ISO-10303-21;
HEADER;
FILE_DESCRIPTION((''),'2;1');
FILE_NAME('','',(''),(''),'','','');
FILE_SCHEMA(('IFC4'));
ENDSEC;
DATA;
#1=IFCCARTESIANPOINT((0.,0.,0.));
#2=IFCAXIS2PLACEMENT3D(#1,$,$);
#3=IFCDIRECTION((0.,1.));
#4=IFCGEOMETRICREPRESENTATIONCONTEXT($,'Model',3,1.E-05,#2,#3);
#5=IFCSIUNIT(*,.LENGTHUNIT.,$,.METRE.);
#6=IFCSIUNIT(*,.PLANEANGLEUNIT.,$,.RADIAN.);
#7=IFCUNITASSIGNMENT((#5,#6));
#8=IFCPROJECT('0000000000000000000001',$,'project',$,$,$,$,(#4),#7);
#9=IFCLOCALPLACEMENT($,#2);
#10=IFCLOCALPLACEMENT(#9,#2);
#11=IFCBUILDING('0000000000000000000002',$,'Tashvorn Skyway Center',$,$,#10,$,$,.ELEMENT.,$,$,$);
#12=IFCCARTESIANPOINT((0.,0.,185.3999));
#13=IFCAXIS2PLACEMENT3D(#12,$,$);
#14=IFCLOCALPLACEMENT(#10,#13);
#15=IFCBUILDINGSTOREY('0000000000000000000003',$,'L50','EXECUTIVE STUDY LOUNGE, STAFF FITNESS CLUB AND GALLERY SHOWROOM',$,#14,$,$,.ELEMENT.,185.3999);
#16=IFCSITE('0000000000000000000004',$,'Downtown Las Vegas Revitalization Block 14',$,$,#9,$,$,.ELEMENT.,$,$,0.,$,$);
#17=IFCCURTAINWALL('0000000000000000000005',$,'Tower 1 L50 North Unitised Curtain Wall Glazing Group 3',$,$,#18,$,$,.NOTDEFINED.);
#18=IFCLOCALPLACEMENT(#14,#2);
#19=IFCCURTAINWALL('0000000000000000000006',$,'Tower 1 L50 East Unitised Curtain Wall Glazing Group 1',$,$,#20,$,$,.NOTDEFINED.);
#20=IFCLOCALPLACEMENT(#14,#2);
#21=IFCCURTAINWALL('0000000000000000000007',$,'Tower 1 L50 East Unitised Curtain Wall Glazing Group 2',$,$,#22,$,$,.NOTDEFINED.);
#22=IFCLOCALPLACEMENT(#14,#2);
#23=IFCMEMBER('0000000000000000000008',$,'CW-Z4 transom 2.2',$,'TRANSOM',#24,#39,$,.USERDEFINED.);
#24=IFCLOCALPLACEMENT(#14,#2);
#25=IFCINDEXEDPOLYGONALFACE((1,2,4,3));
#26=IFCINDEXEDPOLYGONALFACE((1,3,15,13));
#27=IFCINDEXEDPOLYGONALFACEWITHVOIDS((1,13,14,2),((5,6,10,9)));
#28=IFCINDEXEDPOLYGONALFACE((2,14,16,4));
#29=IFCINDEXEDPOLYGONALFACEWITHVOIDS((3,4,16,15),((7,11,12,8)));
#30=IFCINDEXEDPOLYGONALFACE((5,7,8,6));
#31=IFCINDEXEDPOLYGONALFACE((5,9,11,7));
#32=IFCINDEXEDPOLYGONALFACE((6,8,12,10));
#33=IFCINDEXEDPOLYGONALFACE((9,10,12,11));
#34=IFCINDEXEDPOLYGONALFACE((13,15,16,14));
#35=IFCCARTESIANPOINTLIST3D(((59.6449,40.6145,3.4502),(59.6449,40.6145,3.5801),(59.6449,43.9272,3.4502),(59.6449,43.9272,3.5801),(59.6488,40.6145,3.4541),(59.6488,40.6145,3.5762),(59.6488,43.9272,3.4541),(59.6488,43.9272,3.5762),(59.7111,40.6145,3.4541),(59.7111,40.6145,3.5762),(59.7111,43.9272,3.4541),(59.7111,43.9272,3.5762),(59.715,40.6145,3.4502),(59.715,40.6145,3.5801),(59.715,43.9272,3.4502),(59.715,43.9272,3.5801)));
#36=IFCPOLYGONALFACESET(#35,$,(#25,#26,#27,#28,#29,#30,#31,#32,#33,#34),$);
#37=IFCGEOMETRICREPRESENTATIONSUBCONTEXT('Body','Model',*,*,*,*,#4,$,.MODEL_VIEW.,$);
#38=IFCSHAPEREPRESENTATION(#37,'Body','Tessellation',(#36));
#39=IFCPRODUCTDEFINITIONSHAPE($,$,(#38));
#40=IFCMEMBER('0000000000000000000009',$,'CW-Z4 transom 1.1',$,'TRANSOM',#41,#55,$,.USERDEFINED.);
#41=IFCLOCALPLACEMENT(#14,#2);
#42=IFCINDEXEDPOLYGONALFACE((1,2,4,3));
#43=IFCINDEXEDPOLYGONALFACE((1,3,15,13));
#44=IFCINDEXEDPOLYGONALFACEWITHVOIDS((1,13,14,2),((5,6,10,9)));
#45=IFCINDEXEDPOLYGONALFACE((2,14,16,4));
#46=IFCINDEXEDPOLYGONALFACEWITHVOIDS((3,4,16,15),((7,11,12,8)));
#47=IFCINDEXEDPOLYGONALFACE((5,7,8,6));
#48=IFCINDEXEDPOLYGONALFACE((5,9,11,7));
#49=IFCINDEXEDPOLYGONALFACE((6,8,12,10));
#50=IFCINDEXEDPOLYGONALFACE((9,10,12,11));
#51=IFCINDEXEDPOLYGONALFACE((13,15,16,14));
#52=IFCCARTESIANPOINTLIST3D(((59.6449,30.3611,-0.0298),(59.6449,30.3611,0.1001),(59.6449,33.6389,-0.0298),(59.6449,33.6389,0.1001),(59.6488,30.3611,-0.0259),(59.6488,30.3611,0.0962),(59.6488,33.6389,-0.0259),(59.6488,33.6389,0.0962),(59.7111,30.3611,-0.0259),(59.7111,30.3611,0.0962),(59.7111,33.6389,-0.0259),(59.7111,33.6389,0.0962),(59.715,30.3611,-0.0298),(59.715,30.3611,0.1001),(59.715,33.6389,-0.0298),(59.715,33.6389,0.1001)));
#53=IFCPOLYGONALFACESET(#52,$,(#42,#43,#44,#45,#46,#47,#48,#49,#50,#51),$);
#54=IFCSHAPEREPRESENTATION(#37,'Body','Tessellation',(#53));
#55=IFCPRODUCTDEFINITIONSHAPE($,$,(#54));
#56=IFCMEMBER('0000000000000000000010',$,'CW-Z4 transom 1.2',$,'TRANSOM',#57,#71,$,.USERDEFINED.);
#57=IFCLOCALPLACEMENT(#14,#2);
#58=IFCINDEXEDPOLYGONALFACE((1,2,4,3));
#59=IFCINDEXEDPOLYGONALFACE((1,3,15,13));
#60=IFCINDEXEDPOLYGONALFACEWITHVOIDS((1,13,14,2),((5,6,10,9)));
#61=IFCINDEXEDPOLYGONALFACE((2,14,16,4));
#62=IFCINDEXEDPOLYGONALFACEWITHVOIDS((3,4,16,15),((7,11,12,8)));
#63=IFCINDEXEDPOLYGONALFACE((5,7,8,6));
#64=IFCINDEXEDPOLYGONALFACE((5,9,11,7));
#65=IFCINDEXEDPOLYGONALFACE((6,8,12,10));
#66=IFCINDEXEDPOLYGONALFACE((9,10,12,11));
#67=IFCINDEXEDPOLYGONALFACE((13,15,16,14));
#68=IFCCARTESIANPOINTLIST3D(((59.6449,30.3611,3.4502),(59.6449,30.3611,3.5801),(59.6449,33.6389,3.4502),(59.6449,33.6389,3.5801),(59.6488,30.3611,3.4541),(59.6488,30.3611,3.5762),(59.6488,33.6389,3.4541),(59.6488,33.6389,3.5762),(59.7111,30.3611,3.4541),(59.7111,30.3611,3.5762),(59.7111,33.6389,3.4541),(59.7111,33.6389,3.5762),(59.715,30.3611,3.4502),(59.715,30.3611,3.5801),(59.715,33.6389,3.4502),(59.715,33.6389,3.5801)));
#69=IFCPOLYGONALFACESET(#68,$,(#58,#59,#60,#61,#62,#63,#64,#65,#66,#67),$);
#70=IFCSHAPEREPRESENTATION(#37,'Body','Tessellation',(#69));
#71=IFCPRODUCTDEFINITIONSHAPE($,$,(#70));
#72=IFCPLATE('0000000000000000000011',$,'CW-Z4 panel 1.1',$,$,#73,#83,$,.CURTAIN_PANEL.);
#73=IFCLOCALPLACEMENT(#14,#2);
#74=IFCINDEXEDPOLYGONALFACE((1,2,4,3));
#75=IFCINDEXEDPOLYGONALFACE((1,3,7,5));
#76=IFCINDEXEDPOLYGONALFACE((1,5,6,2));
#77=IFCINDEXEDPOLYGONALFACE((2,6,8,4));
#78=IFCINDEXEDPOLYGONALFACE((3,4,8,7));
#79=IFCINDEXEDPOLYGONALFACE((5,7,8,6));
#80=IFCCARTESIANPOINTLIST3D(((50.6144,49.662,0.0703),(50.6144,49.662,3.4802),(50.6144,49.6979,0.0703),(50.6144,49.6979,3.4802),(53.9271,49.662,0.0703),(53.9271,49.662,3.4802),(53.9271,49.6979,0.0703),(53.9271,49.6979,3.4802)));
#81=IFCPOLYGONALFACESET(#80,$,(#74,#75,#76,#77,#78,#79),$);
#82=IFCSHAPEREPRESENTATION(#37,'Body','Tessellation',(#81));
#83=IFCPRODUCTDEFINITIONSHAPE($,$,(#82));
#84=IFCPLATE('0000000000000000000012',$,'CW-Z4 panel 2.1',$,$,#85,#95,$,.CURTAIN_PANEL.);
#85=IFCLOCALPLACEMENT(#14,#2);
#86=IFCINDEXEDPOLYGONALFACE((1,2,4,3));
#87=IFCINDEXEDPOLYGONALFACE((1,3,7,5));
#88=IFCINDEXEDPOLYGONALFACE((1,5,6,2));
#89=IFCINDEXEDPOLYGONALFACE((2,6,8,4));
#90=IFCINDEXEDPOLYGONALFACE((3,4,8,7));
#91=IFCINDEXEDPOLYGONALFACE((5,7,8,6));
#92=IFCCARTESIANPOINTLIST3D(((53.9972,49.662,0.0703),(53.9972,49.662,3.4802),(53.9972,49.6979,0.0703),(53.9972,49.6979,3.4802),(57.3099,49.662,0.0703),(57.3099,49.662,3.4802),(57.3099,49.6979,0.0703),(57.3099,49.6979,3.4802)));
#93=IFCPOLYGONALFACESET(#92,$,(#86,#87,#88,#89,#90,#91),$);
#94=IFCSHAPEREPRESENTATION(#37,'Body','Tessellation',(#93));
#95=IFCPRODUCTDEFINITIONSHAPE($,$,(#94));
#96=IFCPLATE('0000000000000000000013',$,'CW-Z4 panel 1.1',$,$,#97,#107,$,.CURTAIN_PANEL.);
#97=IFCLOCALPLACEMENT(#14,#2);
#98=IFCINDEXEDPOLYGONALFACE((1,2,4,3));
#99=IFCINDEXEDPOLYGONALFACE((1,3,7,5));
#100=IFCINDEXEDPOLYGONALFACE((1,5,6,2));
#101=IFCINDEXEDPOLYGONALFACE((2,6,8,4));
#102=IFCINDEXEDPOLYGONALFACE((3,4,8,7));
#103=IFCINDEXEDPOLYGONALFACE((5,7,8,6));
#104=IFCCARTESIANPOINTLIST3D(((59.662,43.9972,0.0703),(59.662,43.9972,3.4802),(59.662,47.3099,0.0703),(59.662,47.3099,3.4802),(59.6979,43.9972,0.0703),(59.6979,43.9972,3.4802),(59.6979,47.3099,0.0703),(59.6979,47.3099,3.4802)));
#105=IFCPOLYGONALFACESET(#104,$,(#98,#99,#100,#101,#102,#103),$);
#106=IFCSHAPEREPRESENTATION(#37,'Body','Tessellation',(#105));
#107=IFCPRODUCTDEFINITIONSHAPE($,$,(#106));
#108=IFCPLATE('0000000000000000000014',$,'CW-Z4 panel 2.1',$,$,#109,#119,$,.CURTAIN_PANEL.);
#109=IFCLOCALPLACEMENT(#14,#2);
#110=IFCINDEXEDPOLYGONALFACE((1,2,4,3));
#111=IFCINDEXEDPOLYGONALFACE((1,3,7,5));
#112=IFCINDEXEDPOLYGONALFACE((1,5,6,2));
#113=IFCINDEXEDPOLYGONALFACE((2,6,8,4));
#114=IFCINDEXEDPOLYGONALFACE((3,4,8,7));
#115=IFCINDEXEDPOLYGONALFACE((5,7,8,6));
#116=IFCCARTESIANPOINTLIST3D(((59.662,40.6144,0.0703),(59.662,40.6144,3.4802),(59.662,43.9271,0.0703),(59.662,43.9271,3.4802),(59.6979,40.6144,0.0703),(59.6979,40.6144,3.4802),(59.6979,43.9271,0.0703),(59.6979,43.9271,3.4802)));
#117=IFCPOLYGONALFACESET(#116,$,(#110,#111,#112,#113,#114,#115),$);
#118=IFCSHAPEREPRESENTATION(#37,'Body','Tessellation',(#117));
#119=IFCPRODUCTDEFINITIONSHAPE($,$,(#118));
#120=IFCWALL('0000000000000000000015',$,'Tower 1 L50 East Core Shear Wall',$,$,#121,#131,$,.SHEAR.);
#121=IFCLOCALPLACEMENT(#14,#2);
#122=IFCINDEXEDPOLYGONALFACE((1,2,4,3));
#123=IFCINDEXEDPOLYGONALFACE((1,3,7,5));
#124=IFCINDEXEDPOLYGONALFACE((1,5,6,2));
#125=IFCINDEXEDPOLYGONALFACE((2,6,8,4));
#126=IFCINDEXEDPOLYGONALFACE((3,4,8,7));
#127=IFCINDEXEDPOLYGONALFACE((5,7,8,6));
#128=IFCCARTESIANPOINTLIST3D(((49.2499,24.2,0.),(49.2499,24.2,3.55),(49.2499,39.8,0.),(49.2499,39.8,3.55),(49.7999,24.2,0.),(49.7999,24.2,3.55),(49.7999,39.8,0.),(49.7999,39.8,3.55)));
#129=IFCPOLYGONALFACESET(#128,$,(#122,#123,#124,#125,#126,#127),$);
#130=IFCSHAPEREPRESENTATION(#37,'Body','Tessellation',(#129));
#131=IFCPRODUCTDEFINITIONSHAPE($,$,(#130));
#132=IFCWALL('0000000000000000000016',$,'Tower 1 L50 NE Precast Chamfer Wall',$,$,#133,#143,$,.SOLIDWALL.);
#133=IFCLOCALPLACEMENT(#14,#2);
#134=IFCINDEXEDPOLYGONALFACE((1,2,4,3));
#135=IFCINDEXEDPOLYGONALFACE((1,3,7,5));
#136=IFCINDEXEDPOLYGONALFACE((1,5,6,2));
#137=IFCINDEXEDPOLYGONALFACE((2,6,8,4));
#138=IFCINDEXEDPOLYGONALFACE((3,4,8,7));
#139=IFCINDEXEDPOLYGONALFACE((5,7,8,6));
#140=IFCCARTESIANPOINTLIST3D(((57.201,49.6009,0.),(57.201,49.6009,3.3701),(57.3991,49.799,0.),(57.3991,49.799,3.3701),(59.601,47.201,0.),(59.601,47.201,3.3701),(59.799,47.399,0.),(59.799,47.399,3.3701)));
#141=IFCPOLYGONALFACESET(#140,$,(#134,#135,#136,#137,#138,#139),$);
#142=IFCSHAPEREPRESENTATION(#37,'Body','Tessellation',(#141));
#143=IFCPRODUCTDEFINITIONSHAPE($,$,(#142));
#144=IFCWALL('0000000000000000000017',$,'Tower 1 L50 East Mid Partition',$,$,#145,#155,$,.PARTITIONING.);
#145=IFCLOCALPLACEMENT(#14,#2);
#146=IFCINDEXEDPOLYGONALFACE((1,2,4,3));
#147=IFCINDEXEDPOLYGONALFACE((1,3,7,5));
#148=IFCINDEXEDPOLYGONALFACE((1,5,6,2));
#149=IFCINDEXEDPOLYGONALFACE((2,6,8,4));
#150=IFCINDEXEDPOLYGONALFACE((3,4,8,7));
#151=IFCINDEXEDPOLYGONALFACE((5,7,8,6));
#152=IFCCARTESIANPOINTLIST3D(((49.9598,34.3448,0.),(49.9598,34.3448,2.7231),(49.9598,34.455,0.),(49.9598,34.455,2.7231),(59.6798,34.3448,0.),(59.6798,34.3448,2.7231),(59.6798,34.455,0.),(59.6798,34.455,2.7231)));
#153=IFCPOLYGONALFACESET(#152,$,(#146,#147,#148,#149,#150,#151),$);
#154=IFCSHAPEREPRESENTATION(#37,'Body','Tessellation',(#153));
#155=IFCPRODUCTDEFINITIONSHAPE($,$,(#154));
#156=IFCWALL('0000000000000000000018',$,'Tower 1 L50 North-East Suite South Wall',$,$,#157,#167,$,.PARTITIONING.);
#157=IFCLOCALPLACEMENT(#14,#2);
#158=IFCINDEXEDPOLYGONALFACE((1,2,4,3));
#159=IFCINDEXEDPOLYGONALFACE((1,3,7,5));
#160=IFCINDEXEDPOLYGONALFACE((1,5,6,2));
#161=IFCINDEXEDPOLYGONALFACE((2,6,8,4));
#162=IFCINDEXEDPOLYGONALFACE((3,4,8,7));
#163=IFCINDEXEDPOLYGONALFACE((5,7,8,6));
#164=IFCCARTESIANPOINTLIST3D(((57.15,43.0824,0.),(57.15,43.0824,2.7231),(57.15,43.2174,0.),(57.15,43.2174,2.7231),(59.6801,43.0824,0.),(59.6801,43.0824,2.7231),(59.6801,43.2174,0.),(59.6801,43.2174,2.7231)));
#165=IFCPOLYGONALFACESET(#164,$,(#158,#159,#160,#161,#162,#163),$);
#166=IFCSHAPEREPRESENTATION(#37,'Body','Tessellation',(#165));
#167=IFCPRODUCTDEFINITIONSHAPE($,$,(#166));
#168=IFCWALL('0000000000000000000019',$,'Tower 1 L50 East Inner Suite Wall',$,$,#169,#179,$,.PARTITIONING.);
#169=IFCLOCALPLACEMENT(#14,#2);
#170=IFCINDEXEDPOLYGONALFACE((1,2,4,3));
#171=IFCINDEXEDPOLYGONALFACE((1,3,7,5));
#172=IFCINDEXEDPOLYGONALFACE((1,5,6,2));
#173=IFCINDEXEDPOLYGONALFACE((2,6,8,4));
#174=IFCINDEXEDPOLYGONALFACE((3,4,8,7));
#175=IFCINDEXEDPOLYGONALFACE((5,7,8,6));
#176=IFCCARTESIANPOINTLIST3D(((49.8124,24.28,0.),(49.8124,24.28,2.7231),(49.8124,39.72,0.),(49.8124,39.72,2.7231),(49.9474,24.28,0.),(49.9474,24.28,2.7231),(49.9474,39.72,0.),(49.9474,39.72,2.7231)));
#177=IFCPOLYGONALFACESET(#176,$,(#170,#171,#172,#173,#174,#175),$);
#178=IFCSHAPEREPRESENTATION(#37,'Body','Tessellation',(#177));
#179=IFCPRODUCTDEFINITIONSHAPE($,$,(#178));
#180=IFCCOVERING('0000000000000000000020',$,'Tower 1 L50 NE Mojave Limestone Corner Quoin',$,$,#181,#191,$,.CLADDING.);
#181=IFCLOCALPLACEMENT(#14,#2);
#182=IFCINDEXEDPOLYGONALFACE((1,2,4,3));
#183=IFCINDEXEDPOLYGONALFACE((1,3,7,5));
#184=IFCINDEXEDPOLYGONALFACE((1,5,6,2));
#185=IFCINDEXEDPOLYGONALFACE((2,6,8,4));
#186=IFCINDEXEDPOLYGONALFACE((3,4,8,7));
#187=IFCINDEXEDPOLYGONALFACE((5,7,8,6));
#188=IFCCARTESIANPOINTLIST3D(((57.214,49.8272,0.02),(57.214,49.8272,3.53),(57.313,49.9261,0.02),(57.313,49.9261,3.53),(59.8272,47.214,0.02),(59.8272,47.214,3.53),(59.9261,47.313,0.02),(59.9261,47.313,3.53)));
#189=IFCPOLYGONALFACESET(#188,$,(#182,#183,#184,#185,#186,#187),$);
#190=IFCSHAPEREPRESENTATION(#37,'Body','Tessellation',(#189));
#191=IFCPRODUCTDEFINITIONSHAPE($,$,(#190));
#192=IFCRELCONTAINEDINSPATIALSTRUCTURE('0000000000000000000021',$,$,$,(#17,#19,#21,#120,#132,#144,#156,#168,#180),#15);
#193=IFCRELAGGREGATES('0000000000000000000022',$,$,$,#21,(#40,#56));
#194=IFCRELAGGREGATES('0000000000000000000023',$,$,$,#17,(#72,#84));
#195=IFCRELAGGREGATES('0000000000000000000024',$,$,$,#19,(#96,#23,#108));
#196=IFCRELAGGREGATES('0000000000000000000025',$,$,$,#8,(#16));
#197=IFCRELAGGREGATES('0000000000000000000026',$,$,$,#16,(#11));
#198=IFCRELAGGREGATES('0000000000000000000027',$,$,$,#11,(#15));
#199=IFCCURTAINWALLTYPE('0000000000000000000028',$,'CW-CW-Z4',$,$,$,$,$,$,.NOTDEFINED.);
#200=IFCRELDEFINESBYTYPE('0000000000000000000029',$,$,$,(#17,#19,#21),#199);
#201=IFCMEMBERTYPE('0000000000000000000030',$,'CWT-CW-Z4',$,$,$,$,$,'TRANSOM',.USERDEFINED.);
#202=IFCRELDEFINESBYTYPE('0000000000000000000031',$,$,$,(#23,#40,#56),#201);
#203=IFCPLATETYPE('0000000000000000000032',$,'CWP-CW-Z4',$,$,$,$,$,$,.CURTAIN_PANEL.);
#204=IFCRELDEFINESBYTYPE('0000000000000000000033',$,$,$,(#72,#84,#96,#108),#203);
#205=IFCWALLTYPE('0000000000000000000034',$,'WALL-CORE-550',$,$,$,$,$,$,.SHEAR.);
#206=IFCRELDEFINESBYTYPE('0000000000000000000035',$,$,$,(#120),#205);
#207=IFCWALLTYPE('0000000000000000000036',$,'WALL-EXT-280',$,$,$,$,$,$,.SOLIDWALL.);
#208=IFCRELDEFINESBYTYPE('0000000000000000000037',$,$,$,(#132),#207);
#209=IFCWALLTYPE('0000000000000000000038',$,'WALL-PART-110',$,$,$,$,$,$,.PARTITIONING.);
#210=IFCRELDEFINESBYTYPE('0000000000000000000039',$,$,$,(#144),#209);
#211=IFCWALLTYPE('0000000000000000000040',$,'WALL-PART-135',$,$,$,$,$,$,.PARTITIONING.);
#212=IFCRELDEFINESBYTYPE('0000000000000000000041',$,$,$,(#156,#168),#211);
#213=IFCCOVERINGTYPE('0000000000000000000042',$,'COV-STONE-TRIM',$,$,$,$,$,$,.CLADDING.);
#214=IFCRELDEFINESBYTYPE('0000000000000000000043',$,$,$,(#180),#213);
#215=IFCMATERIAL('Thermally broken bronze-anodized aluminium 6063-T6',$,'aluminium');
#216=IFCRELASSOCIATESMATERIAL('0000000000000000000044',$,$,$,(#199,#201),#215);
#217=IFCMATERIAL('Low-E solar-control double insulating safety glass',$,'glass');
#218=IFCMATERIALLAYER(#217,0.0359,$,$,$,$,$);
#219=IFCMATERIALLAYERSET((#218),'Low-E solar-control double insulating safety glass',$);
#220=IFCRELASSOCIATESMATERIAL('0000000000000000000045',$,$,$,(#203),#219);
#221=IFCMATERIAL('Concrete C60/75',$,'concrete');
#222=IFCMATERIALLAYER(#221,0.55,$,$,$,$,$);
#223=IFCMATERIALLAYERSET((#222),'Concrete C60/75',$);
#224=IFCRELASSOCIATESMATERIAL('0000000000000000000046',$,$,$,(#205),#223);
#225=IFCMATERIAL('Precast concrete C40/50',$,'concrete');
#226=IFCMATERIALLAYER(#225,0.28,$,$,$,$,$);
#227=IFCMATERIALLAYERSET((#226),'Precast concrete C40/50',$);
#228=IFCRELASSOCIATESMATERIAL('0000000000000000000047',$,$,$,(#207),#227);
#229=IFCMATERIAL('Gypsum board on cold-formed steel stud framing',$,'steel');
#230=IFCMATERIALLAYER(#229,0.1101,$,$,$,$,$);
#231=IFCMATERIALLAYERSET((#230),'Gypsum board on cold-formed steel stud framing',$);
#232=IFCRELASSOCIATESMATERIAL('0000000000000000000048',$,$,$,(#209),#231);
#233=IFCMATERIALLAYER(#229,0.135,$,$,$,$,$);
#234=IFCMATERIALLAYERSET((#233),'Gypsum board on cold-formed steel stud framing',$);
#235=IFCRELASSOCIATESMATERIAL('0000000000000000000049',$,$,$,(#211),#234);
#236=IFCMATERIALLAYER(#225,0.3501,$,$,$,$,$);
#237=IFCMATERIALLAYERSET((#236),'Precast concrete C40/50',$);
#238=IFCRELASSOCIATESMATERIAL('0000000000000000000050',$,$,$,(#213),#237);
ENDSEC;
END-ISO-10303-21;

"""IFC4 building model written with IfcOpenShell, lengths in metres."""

from ifc_helpers import new_model, si_unit, direction, frame, frame_2d, origin, origin_2d, place, context, subcontext, project, spatial, rectangle, hollow_rectangle, extrude, material, layer, layer_set, material_profile, profile_set, type_object, element, aggregate, save


model = new_model("IFC4")

# Units and contexts
model_context = context("Model", 3, precision=1e-05, world=origin(), true_north=direction((0.0, 1.0)))
body_context = subcontext(model_context, "Body", "Model", "MODEL_VIEW")
ifc_project = project(units=[si_unit("LENGTHUNIT", "METRE"), si_unit("PLANEANGLEUNIT", "RADIAN")], contexts=[model_context])

# Site, building, storey
site_placement = place(None, origin())
site = spatial("IfcSite", under=ifc_project, at=site_placement, Name="Downtown Las Vegas Revitalization Block 14", CompositionType="ELEMENT", RefElevation=0.0)
building_placement = place(site_placement, origin())
building = spatial("IfcBuilding", under=site, at=building_placement, Name="Tashvorn Skyway Center", CompositionType="ELEMENT")
storey_placement = place(building_placement, frame((0.0, 0.0, 185.3999)))
storey = spatial("IfcBuildingStorey", under=building, at=storey_placement, Name="L50", Description="EXECUTIVE STUDY LOUNGE, STAFF FITNESS CLUB AND GALLERY SHOWROOM", CompositionType="ELEMENT", Elevation=185.3999)

# Curtain walls
ifc_material_1 = material(Name="Thermally broken bronze-anodized aluminium 6063-T6", Category="aluminium")
curtain_wall_type = type_object("IfcCurtainWallType", Name="CW-CW-Z4", PredefinedType="NOTDEFINED", material=ifc_material_1)
curtain_wall_1_placement = place(storey_placement, origin())
curtain_wall_1 = element("IfcCurtainWall", 1, at=curtain_wall_1_placement, inside=storey, type_object=curtain_wall_type, Name="Tower 1 L50 North Unitised Curtain Wall Glazing Group 3", PredefinedType="NOTDEFINED")
curtain_wall_2_placement = place(storey_placement, origin())
curtain_wall_2 = element("IfcCurtainWall", 2, at=curtain_wall_2_placement, inside=storey, type_object=curtain_wall_type, Name="Tower 1 L50 East Unitised Curtain Wall Glazing Group 1", PredefinedType="NOTDEFINED")

# Curtain wall
curtain_wall_3_placement = place(storey_placement, origin())
curtain_wall_3 = element("IfcCurtainWall", 3, at=curtain_wall_3_placement, inside=storey, type_object=curtain_wall_type, Name="Tower 1 L50 East Unitised Curtain Wall Glazing Group 2", PredefinedType="NOTDEFINED")

# Members
ifc_material_profile_1 = material_profile(ifc_material_1, hollow_rectangle(XDim=0.0701, YDim=0.1299, WallThickness=0.0039, at=origin_2d()), Name="ALU-TRAN-70x130")
ifc_profile_set_1 = profile_set([ifc_material_profile_1], Name="Thermally broken bronze-anodized aluminium 6063-T6")
member_type_1 = type_object("IfcMemberType", Name="CWT-CW-Z4", ElementType="TRANSOM", PredefinedType="USERDEFINED", material=ifc_profile_set_1)
member_1_placement = place(storey_placement, frame((59.6799, 43.9272, 3.5151), z_axis=(0.0, -1.0, 0.0), x_axis=(1.0, 0.0, 0.0)))
member_1 = element("IfcMember", 4, at=member_1_placement, type_object=member_type_1, Name="CW-Z4 transom 2.2", ObjectType="TRANSOM", PredefinedType="USERDEFINED", context=body_context, shape_type="SweptSolid", body=[
    extrude(hollow_rectangle(XDim=0.0701, YDim=0.1299, WallThickness=0.0039, at=origin_2d()), origin(), (0.0, 0.0, 1.0), 3.3127),
])
member_2_placement = place(storey_placement, frame((59.6799, 33.6389, 0.0352), z_axis=(0.0, -1.0, 0.0), x_axis=(1.0, 0.0, 0.0)))
member_2 = element("IfcMember", 5, at=member_2_placement, type_object=member_type_1, Name="CW-Z4 transom 1.1", ObjectType="TRANSOM", PredefinedType="USERDEFINED", context=body_context, shape_type="SweptSolid", body=[
    extrude(hollow_rectangle(XDim=0.0701, YDim=0.1299, WallThickness=0.0039, at=origin_2d()), origin(), (0.0, 0.0, 1.0), 3.2778),
])
member_3_placement = place(storey_placement, frame((59.6799, 33.6389, 3.5151), z_axis=(0.0, -1.0, 0.0), x_axis=(1.0, 0.0, 0.0)))
member_3 = element("IfcMember", 6, at=member_3_placement, type_object=member_type_1, Name="CW-Z4 transom 1.2", ObjectType="TRANSOM", PredefinedType="USERDEFINED", context=body_context, shape_type="SweptSolid", body=[
    extrude(hollow_rectangle(XDim=0.0701, YDim=0.1299, WallThickness=0.0039, at=origin_2d()), origin(), (0.0, 0.0, 1.0), 3.2778),
])
aggregate(curtain_wall_3, [member_2, member_3])

# Plates
ifc_material_2 = material(Name="Low-E solar-control double insulating safety glass", Category="glass")
ifc_layer_1 = layer(ifc_material_2, 0.0359)
ifc_layer_set_1 = layer_set([ifc_layer_1], Name="Low-E solar-control double insulating safety glass")
plate_type = type_object("IfcPlateType", Name="CWP-CW-Z4", PredefinedType="CURTAIN_PANEL", material=ifc_layer_set_1)
plate_1_placement = place(storey_placement, frame((52.2708, 49.6799, 0.0703), z_axis=(0.0, 0.0, 1.0), x_axis=(1.0, 0.0, 0.0)))
plate_1 = element("IfcPlate", 7, at=plate_1_placement, type_object=plate_type, Name="CW-Z4 panel 1.1", PredefinedType="CURTAIN_PANEL", context=body_context, shape_type="SweptSolid", body=[
    extrude(rectangle(XDim=3.3127, YDim=0.0359, at=origin_2d()), origin(), (0.0, 0.0, 1.0), 3.4099),
])
plate_2_placement = place(storey_placement, frame((55.6536, 49.6799, 0.0703), z_axis=(0.0, 0.0, 1.0), x_axis=(1.0, 0.0, 0.0)))
plate_2 = element("IfcPlate", 8, at=plate_2_placement, type_object=plate_type, Name="CW-Z4 panel 2.1", PredefinedType="CURTAIN_PANEL", context=body_context, shape_type="SweptSolid", body=[
    extrude(rectangle(XDim=3.3127, YDim=0.0359, at=origin_2d()), origin(), (0.0, 0.0, 1.0), 3.4099),
])
aggregate(curtain_wall_1, [plate_1, plate_2])
plate_3_placement = place(storey_placement, frame((59.6799, 45.6536, 0.0703), z_axis=(0.0, 0.0, 1.0), x_axis=(0.0, -1.0, 0.0)))
plate_3 = element("IfcPlate", 9, at=plate_3_placement, type_object=plate_type, Name="CW-Z4 panel 1.1", PredefinedType="CURTAIN_PANEL", context=body_context, shape_type="SweptSolid", body=[
    extrude(rectangle(XDim=3.3127, YDim=0.0359, at=origin_2d()), origin(), (0.0, 0.0, 1.0), 3.4099),
])
plate_4_placement = place(storey_placement, frame((59.6799, 42.2708, 0.0703), z_axis=(0.0, 0.0, 1.0), x_axis=(0.0, -1.0, 0.0)))
plate_4 = element("IfcPlate", 10, at=plate_4_placement, type_object=plate_type, Name="CW-Z4 panel 2.1", PredefinedType="CURTAIN_PANEL", context=body_context, shape_type="SweptSolid", body=[
    extrude(rectangle(XDim=3.3127, YDim=0.0359, at=origin_2d()), origin(), (0.0, 0.0, 1.0), 3.4099),
])
aggregate(curtain_wall_2, [plate_3, member_1, plate_4])

# Walls
ifc_material_3 = material(Name="Concrete C60/75", Category="concrete")
ifc_layer_2 = layer(ifc_material_3, 0.55)
ifc_layer_set_2 = layer_set([ifc_layer_2], Name="Concrete C60/75")
wall_type_1 = type_object("IfcWallType", Name="WALL-CORE-550", PredefinedType="SHEAR", material=ifc_layer_set_2)
wall_1_placement = place(storey_placement, frame((49.5249, 39.8, 0.0), z_axis=(0.0, 0.0, 1.0), x_axis=(0.0, -1.0, 0.0)))
element("IfcWall", 11, at=wall_1_placement, inside=storey, type_object=wall_type_1, Name="Tower 1 L50 East Core Shear Wall", PredefinedType="SHEAR", context=body_context, shape_type="SweptSolid", body=[
    extrude(rectangle(XDim=15.6001, YDim=0.55, at=frame_2d((7.8, 0.0))), origin(), (0.0, 0.0, 1.0), 3.55),
])
ifc_material_4 = material(Name="Precast concrete C40/50", Category="concrete")
ifc_layer_3 = layer(ifc_material_4, 0.28)
ifc_layer_set_3 = layer_set([ifc_layer_3], Name="Precast concrete C40/50")
wall_type_2 = type_object("IfcWallType", Name="WALL-EXT-280", PredefinedType="SOLIDWALL", material=ifc_layer_set_3)
wall_2_placement = place(storey_placement, frame((57.3, 49.7, 0.0), z_axis=(0.0, 0.0, 1.0), x_axis=(0.707107, -0.707107, 0.0)))
element("IfcWall", 12, at=wall_2_placement, inside=storey, type_object=wall_type_2, Name="Tower 1 L50 NE Precast Chamfer Wall", PredefinedType="SOLIDWALL", context=body_context, shape_type="SweptSolid", body=[
    extrude(rectangle(XDim=3.394, YDim=0.28, at=frame_2d((1.697, 0.0))), origin(), (0.0, 0.0, 1.0), 3.3701),
])
ifc_material_5 = material(Name="Gypsum board on cold-formed steel stud framing", Category="steel")
ifc_layer_4 = layer(ifc_material_5, 0.1101)
ifc_layer_set_4 = layer_set([ifc_layer_4], Name="Gypsum board on cold-formed steel stud framing")
wall_type_3 = type_object("IfcWallType", Name="WALL-PART-110", PredefinedType="PARTITIONING", material=ifc_layer_set_4)
wall_3_placement = place(storey_placement, frame((49.96, 34.3999, 0.0), z_axis=(0.0, 0.0, 1.0), x_axis=(1.0, 0.0, 0.0)))
element("IfcWall", 13, at=wall_3_placement, inside=storey, type_object=wall_type_3, Name="Tower 1 L50 East Mid Partition", PredefinedType="PARTITIONING", context=body_context, shape_type="SweptSolid", body=[
    extrude(rectangle(XDim=9.72, YDim=0.1101, at=frame_2d((4.8599, 0.0))), origin(), (0.0, 0.0, 1.0), 2.7231),
])
ifc_layer_5 = layer(ifc_material_5, 0.135)
ifc_layer_set_5 = layer_set([ifc_layer_5], Name="Gypsum board on cold-formed steel stud framing")
wall_type_4 = type_object("IfcWallType", Name="WALL-PART-135", PredefinedType="PARTITIONING", material=ifc_layer_set_5)
wall_4_placement = place(storey_placement, frame((57.1499, 43.1499, 0.0), z_axis=(0.0, 0.0, 1.0), x_axis=(1.0, 0.0, 0.0)))
element("IfcWall", 14, at=wall_4_placement, inside=storey, type_object=wall_type_4, Name="Tower 1 L50 North-East Suite South Wall", PredefinedType="PARTITIONING", context=body_context, shape_type="SweptSolid", body=[
    extrude(rectangle(XDim=2.53, YDim=0.135, at=frame_2d((1.2651, 0.0))), origin(), (0.0, 0.0, 1.0), 2.7231),
])
wall_5_placement = place(storey_placement, frame((49.8799, 39.72, 0.0), z_axis=(0.0, 0.0, 1.0), x_axis=(0.0, -1.0, 0.0)))
element("IfcWall", 15, at=wall_5_placement, inside=storey, type_object=wall_type_4, Name="Tower 1 L50 East Inner Suite Wall", PredefinedType="PARTITIONING", context=body_context, shape_type="SweptSolid", body=[
    extrude(rectangle(XDim=15.4399, YDim=0.135, at=frame_2d((7.72, 0.0))), origin(), (0.0, 0.0, 1.0), 2.7231),
])

# Covering
ifc_layer_6 = layer(ifc_material_4, 0.3501)
ifc_layer_set_6 = layer_set([ifc_layer_6], Name="Precast concrete C40/50")
covering_type = type_object("IfcCoveringType", Name="COV-STONE-TRIM", PredefinedType="CLADDING", material=ifc_layer_set_6)
covering_placement = place(storey_placement, frame((58.5701, 48.5701, 0.02), z_axis=(0.0, 0.0, 1.0), x_axis=(0.707107, -0.707107, 0.0)))
element("IfcCovering", 16, at=covering_placement, inside=storey, type_object=covering_type, Name="Tower 1 L50 NE Mojave Limestone Corner Quoin", PredefinedType="CLADDING", context=body_context, shape_type="SweptSolid", body=[
    extrude(rectangle(XDim=3.6956, YDim=0.1399, at=origin_2d()), origin(), (0.0, 0.0, 1.0), 3.51),
])

save(model, "model.ifc")
